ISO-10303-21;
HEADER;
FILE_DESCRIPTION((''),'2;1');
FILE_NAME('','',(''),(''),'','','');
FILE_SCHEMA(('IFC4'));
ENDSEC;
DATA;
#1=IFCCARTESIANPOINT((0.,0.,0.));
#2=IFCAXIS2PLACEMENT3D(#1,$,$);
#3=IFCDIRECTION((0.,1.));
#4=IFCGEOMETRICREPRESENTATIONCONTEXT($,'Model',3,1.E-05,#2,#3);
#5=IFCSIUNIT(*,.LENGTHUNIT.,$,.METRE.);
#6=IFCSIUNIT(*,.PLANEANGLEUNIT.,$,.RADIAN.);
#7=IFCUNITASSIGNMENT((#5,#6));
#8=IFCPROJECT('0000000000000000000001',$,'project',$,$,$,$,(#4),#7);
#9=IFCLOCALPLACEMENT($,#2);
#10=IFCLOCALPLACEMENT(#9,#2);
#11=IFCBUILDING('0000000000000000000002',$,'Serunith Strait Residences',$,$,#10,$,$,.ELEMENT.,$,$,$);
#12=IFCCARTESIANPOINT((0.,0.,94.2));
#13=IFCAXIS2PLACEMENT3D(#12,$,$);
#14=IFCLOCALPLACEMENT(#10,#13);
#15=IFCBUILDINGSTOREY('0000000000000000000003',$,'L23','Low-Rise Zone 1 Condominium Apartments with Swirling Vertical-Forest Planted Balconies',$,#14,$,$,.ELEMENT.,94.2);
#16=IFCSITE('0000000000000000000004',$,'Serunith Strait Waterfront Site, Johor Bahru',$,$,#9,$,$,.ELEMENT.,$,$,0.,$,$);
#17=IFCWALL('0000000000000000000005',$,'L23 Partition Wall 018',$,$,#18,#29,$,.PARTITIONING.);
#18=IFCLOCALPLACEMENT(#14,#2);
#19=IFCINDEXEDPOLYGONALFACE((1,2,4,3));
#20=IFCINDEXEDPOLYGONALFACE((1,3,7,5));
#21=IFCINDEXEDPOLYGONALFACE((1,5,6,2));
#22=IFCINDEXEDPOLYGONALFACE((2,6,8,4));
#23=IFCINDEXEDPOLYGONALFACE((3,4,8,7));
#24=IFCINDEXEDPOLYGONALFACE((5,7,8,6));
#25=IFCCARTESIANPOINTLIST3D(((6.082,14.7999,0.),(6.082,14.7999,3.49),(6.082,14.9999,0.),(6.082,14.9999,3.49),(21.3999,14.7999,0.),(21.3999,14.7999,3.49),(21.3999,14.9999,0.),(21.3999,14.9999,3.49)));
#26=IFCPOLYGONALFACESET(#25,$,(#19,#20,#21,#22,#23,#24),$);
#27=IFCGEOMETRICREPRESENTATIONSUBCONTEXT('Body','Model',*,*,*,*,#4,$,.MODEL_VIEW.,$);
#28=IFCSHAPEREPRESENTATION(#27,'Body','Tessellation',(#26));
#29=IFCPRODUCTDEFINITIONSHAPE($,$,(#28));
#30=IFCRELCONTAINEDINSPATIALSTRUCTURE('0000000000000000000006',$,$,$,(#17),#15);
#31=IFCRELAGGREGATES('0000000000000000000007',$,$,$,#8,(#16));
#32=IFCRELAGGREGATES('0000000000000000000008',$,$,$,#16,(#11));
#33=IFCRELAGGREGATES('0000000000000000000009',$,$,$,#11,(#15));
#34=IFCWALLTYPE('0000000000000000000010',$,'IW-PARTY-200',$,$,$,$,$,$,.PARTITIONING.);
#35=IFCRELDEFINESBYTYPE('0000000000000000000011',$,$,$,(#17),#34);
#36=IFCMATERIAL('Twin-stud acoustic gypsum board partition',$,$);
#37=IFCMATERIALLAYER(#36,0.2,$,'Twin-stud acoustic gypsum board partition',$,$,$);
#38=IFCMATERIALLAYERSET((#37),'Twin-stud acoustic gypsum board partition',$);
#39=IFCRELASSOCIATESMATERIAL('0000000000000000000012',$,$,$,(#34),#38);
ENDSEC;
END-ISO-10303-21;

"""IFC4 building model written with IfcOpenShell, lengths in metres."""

from ifc_helpers import new_model, si_unit, direction, frame, frame_2d, origin, place, context, subcontext, project, spatial, rectangle, extrude, material, layer, layer_set, type_object, element, save


model = new_model("IFC4")

# Units and contexts
model_context = context("Model", 3, precision=1e-05, world=origin(), true_north=direction((0.0, 1.0)))
body_context = subcontext(model_context, "Body", "Model", "MODEL_VIEW")
ifc_project = project(units=[si_unit("LENGTHUNIT", "METRE"), si_unit("PLANEANGLEUNIT", "RADIAN")], contexts=[model_context])

# Site, building, storey
site_placement = place(None, origin())
site = spatial("IfcSite", under=ifc_project, at=site_placement, Name="Serunith Strait Waterfront Site, Johor Bahru", CompositionType="ELEMENT", RefElevation=0.0)
building_placement = place(site_placement, origin())
building = spatial("IfcBuilding", under=site, at=building_placement, Name="Serunith Strait Residences", CompositionType="ELEMENT")
storey_placement = place(building_placement, frame((0.0, 0.0, 94.2)))
storey = spatial("IfcBuildingStorey", under=building, at=storey_placement, Name="L23", Description="Low-Rise Zone 1 Condominium Apartments with Swirling Vertical-Forest Planted Balconies", CompositionType="ELEMENT", Elevation=94.2)

# Wall
ifc_material_1 = material(Name="Twin-stud acoustic gypsum board partition")
ifc_layer_1 = layer(ifc_material_1, 0.2, Name="Twin-stud acoustic gypsum board partition")
ifc_layer_set_1 = layer_set([ifc_layer_1], Name="Twin-stud acoustic gypsum board partition")
wall_type_1 = type_object("IfcWallType", Name="IW-PARTY-200", PredefinedType="PARTITIONING", material=ifc_layer_set_1)
wall_1_placement = place(storey_placement, frame((6.082, 14.8999, 0.0), z_axis=(0.0, 0.0, 1.0), x_axis=(1.0, 0.0, 0.0)))
element("IfcWall", 1, at=wall_1_placement, inside=storey, type_object=wall_type_1, Name="L23 Partition Wall 018", PredefinedType="PARTITIONING", context=body_context, shape_type="SweptSolid", body=[
    extrude(rectangle(XDim=15.3179, YDim=0.2, at=frame_2d((7.6589, 0.0))), origin(), (0.0, 0.0, 1.0), 3.49),
])

save(model, "model.ifc")
